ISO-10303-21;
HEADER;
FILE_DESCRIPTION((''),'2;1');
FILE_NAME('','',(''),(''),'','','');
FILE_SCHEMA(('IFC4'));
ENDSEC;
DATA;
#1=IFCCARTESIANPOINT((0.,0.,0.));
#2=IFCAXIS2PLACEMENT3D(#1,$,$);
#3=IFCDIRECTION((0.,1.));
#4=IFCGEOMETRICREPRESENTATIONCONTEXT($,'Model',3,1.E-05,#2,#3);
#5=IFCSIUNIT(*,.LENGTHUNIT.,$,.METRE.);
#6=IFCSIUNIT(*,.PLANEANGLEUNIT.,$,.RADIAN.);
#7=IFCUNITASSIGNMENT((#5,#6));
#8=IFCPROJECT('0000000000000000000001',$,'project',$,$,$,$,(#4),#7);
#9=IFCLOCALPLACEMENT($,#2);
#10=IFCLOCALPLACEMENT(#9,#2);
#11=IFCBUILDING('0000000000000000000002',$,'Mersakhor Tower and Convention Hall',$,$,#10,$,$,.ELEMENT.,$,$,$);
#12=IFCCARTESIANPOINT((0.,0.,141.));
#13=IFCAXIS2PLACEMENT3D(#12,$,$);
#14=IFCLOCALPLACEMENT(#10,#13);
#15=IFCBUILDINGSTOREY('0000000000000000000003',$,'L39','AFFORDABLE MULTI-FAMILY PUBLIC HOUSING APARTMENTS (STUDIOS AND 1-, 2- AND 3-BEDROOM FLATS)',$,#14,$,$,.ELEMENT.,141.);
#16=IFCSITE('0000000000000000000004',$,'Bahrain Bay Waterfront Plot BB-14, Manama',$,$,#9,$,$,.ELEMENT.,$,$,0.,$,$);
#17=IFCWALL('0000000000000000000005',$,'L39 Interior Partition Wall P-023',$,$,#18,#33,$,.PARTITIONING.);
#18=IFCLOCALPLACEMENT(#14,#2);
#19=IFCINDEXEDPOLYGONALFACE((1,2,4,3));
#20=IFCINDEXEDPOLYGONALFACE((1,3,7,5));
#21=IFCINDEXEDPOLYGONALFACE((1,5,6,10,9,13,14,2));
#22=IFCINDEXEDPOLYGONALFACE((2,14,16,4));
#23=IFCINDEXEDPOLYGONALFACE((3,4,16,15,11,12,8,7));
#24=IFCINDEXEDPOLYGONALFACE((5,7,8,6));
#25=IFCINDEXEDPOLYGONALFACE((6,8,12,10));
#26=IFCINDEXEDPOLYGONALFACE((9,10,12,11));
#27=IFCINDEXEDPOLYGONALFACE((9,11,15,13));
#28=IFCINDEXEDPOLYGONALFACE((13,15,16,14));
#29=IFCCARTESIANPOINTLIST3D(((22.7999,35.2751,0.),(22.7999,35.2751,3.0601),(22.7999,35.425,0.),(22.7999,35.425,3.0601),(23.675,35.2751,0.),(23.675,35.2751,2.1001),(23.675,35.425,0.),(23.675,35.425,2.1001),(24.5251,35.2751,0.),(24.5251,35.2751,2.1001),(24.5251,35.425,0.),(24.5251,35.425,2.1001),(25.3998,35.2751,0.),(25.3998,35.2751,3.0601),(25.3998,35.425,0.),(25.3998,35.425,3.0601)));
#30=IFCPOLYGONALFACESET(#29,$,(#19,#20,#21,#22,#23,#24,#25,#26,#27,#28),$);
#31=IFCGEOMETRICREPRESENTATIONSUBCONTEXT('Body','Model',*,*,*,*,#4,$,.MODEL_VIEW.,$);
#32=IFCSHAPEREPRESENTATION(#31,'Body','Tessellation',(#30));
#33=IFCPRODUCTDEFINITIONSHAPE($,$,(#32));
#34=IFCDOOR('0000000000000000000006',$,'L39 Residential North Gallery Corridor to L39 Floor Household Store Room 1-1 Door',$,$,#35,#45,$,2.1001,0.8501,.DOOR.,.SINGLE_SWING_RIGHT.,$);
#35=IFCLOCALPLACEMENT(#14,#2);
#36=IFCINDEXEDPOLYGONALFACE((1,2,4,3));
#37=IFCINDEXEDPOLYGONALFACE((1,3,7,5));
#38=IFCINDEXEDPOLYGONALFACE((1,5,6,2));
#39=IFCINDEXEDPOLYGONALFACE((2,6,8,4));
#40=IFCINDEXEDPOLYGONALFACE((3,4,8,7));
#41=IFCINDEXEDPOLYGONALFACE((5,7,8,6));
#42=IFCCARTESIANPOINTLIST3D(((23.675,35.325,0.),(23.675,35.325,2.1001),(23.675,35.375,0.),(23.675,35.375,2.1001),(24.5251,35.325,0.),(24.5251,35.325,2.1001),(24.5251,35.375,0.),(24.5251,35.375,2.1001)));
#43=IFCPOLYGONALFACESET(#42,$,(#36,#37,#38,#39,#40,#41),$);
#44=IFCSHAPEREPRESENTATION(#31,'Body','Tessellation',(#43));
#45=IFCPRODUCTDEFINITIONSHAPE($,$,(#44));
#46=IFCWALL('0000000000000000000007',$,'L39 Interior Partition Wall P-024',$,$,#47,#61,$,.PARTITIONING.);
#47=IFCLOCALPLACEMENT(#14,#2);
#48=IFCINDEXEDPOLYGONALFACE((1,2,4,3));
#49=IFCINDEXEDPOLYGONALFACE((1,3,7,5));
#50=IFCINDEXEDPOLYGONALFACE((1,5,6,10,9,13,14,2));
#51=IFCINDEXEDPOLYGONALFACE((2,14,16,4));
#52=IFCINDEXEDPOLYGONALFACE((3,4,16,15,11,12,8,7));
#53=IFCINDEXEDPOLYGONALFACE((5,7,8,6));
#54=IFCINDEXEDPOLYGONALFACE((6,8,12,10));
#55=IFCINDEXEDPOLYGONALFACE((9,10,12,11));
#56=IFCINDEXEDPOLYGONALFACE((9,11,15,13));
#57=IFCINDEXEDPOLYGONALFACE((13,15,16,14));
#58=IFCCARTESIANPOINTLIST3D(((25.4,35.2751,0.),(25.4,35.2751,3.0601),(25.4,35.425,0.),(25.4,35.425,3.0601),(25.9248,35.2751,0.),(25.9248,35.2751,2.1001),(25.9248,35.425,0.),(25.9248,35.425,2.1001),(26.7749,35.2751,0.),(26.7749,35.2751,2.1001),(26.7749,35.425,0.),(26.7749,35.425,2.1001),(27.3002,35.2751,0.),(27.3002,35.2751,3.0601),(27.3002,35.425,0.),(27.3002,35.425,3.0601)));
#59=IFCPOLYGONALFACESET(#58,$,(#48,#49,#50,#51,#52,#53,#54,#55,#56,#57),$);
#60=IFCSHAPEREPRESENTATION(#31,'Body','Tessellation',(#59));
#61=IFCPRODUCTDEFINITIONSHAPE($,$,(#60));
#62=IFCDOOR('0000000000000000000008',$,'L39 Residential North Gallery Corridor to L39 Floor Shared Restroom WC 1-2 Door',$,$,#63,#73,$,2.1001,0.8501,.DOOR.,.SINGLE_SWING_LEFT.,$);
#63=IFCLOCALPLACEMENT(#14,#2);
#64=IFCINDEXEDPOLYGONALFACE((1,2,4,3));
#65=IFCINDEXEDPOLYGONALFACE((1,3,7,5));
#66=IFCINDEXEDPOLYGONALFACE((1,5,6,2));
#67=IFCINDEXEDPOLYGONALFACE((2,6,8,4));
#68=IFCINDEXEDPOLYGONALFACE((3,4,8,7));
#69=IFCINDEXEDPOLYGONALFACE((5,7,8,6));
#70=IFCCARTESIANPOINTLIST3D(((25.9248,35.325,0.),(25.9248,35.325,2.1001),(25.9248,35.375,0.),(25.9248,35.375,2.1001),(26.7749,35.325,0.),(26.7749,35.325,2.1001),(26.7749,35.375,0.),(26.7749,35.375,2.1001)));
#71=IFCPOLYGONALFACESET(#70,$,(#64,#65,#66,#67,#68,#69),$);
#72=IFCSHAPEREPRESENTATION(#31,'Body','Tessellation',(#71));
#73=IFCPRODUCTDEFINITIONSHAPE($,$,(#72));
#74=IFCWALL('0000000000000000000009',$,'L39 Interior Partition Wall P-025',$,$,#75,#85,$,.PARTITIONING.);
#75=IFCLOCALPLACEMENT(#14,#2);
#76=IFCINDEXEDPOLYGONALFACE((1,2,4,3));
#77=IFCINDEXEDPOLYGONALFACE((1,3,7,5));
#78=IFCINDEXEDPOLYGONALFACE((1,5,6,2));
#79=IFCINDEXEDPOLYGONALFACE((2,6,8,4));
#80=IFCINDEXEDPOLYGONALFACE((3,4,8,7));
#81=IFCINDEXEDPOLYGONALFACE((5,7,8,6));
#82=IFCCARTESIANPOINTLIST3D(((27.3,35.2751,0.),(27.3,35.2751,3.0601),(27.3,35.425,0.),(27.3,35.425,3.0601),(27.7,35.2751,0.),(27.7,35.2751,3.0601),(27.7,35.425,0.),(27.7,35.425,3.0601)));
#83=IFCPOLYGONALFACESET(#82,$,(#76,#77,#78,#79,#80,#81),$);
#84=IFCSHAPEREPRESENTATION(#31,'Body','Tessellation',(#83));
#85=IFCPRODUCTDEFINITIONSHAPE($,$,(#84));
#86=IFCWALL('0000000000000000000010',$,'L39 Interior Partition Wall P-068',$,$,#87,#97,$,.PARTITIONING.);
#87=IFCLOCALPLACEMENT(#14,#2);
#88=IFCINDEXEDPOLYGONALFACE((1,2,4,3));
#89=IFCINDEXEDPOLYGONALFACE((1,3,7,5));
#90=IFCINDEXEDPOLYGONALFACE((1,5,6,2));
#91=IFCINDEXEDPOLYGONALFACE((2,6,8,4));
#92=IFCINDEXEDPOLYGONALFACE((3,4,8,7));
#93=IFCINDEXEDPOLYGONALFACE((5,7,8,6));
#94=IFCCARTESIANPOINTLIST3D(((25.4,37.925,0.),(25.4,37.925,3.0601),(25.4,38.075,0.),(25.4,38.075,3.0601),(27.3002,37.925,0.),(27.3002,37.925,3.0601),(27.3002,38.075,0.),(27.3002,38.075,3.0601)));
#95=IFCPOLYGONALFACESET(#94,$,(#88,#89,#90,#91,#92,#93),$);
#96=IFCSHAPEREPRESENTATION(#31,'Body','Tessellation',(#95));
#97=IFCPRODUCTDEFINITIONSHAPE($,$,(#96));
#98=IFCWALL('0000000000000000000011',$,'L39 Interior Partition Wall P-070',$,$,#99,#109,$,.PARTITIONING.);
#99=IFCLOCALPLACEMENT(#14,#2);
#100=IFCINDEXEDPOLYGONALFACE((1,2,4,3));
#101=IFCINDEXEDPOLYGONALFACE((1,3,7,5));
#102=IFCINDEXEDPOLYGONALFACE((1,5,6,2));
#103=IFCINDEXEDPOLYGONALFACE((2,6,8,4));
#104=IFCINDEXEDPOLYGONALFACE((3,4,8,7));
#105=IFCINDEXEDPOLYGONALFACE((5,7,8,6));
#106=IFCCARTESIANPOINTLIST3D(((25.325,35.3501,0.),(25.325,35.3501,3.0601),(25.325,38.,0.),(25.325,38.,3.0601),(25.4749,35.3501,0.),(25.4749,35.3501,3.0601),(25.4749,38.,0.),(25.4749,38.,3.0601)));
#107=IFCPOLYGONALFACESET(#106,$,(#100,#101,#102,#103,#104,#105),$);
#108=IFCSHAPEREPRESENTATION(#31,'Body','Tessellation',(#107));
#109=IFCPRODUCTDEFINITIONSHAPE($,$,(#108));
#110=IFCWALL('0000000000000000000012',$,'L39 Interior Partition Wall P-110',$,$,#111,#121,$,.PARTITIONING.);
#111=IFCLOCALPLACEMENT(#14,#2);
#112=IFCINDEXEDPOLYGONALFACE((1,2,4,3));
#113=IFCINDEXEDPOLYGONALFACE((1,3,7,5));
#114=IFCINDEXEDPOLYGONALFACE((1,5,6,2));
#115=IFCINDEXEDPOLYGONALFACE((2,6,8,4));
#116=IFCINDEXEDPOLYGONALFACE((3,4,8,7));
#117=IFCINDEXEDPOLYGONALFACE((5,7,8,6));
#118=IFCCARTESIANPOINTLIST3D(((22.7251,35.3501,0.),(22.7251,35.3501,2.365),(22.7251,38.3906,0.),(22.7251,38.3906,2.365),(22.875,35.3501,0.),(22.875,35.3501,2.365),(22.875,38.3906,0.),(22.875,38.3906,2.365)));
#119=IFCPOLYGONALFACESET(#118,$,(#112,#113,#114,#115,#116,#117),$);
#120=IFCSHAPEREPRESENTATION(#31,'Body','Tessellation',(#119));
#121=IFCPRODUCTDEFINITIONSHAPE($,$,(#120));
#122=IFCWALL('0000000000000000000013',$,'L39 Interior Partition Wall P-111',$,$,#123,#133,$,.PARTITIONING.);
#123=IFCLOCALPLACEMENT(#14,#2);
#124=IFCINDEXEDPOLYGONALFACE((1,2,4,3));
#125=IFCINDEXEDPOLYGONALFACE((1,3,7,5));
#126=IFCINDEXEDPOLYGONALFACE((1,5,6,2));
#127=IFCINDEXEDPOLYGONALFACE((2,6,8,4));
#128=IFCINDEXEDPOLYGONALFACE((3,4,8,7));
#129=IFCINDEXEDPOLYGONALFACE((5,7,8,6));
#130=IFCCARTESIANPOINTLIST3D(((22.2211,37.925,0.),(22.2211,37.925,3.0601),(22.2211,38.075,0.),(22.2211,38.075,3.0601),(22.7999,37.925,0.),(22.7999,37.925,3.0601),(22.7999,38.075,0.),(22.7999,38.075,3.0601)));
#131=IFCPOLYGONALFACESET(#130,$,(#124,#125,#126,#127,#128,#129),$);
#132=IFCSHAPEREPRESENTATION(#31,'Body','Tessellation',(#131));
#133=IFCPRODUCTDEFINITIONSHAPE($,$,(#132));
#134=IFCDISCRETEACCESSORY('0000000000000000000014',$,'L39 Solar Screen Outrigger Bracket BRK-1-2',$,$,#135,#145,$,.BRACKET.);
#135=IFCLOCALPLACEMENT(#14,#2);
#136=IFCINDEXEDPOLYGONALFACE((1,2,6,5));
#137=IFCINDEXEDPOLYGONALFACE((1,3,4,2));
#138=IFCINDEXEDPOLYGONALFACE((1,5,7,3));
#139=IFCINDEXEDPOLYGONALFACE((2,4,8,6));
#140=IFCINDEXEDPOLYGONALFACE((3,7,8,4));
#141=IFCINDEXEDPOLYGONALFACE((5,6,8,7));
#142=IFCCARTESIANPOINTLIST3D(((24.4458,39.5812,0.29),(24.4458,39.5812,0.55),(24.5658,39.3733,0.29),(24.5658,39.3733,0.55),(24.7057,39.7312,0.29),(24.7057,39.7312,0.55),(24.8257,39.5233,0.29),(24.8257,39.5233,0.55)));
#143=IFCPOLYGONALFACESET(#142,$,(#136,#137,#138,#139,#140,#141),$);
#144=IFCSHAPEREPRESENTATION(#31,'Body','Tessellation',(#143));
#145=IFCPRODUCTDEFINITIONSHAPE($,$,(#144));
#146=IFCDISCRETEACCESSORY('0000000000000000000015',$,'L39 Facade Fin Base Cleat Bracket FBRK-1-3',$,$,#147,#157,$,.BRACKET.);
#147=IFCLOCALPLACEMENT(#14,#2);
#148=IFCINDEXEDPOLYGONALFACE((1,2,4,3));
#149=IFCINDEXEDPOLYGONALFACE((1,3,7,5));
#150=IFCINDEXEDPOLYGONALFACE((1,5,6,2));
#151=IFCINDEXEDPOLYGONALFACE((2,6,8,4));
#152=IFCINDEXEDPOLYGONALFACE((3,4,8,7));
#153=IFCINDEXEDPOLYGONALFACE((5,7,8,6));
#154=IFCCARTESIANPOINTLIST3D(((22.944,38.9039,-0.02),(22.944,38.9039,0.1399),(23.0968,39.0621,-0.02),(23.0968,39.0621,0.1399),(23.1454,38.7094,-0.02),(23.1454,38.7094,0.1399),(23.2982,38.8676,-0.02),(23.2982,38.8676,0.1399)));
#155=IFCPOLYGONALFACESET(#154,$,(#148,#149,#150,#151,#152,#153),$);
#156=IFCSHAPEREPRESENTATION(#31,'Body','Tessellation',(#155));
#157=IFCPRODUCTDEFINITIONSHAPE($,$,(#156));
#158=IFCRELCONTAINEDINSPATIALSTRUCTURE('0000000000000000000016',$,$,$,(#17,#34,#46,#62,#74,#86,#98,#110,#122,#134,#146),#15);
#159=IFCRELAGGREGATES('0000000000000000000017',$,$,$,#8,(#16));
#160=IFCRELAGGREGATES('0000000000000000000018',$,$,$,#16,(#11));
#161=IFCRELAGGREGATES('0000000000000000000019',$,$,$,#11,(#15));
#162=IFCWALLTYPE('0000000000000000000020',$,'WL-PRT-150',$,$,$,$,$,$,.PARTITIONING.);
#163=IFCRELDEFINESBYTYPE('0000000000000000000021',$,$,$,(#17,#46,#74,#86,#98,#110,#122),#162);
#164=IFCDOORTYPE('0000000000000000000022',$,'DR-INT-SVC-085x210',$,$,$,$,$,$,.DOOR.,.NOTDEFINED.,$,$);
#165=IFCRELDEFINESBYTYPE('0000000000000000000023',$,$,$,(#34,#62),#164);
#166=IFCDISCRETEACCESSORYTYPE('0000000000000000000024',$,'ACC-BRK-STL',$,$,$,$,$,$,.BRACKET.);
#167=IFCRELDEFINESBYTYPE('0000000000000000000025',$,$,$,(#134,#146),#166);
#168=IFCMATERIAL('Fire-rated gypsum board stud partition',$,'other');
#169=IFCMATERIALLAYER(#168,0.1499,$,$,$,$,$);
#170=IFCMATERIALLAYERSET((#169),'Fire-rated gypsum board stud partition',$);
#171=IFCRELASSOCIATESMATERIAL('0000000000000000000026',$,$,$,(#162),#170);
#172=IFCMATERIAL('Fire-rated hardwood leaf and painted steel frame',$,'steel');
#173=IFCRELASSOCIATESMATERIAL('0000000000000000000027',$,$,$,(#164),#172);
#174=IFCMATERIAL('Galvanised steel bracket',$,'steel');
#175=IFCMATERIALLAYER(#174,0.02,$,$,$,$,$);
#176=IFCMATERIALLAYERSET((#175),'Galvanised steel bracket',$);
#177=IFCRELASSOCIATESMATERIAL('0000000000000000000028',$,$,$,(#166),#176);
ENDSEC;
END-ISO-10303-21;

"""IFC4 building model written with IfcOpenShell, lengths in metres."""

from ifc_helpers import new_model, si_unit, direction, frame, frame_2d, origin, origin_2d, place, context, subcontext, project, spatial, rectangle, extrude, material, layer, layer_set, type_object, element, fill, save


model = new_model("IFC4")

# Units and contexts
model_context = context("Model", 3, precision=1e-05, world=origin(), true_north=direction((0.0, 1.0)))
body_context = subcontext(model_context, "Body", "Model", "MODEL_VIEW")
ifc_project = project(units=[si_unit("LENGTHUNIT", "METRE"), si_unit("PLANEANGLEUNIT", "RADIAN")], contexts=[model_context])

# Site, building, storey
site_placement = place(None, origin())
site = spatial("IfcSite", under=ifc_project, at=site_placement, Name="Bahrain Bay Waterfront Plot BB-14, Manama", CompositionType="ELEMENT", RefElevation=0.0)
building_placement = place(site_placement, origin())
building = spatial("IfcBuilding", under=site, at=building_placement, Name="Mersakhor Tower and Convention Hall", CompositionType="ELEMENT")
storey_placement = place(building_placement, frame((0.0, 0.0, 141.0)))
storey = spatial("IfcBuildingStorey", under=building, at=storey_placement, Name="L39", Description="AFFORDABLE MULTI-FAMILY PUBLIC HOUSING APARTMENTS (STUDIOS AND 1-, 2- AND 3-BEDROOM FLATS)", CompositionType="ELEMENT", Elevation=141.0)

# Shared definitions
ifc_material_1 = material(Name="Fire-rated gypsum board stud partition", Category="other")
ifc_layer_1 = layer(ifc_material_1, 0.1499)
ifc_layer_set_1 = layer_set([ifc_layer_1], Name="Fire-rated gypsum board stud partition")
wall_type_1 = type_object("IfcWallType", Name="WL-PRT-150", PredefinedType="PARTITIONING", material=ifc_layer_set_1)

# Walls, openings, doors
wall_1_placement = place(storey_placement, frame((22.8, 35.3501, 0.0), z_axis=(0.0, 0.0, 1.0), x_axis=(1.0, 0.0, 0.0)))
wall_1 = element("IfcWall", 1, at=wall_1_placement, inside=storey, type_object=wall_type_1, Name="L39 Interior Partition Wall P-023", PredefinedType="PARTITIONING", context=body_context, shape_type="SweptSolid", body=[
    extrude(rectangle(XDim=2.5999, YDim=0.1499, at=frame_2d((1.2998, 0.0))), origin(), (0.0, 0.0, 1.0), 3.0601),
])
opening_1_placement = place(wall_1_placement, frame((0.875, 0.0, 0.0)))
opening_1 = element("IfcOpeningElement", 2, at=opening_1_placement, cuts=wall_1, PredefinedType="OPENING", context=body_context, shape_type="SweptSolid", body=[
    extrude(rectangle(XDim=0.8501, YDim=2.1001, at=frame_2d((0.425, 1.05))), frame((0.0, 0.085, 0.0), z_axis=(0.0, -1.0, 0.0), x_axis=(1.0, 0.0, 0.0)), (0.0, 0.0, 1.0), 0.1699),
])
ifc_material_2 = material(Name="Fire-rated hardwood leaf and painted steel frame", Category="steel")
door_type = type_object("IfcDoorType", Name="DR-INT-SVC-085x210", OperationType="NOTDEFINED", PredefinedType="DOOR", material=ifc_material_2)
door_1_placement = place(opening_1_placement, origin())
door_1 = element("IfcDoor", 3, at=door_1_placement, inside=storey, type_object=door_type, Name="L39 Residential North Gallery Corridor to L39 Floor Household Store Room 1-1 Door", OperationType="SINGLE_SWING_RIGHT", OverallHeight=2.1001, OverallWidth=0.8501, PredefinedType="DOOR", context=body_context, shape_type="SweptSolid", body=[
    extrude(rectangle(XDim=0.8501, YDim=2.1001, at=frame_2d((0.425, 1.05))), frame((0.0, 0.0249, 0.0), z_axis=(0.0, -1.0, 0.0), x_axis=(1.0, 0.0, 0.0)), (0.0, 0.0, 1.0), 0.05),
])
fill(opening_1, door_1)
wall_2_placement = place(storey_placement, frame((25.3999, 35.3501, 0.0), z_axis=(0.0, 0.0, 1.0), x_axis=(1.0, 0.0, 0.0)))
wall_2 = element("IfcWall", 4, at=wall_2_placement, inside=storey, type_object=wall_type_1, Name="L39 Interior Partition Wall P-024", PredefinedType="PARTITIONING", context=body_context, shape_type="SweptSolid", body=[
    extrude(rectangle(XDim=1.9001, YDim=0.1499, at=frame_2d((0.9502, 0.0))), origin(), (0.0, 0.0, 1.0), 3.0601),
])
opening_2_placement = place(wall_2_placement, frame((0.5249, 0.0, 0.0)))
opening_2 = element("IfcOpeningElement", 5, at=opening_2_placement, cuts=wall_2, PredefinedType="OPENING", context=body_context, shape_type="SweptSolid", body=[
    extrude(rectangle(XDim=0.8501, YDim=2.1001, at=frame_2d((0.425, 1.05))), frame((0.0, 0.085, 0.0), z_axis=(0.0, -1.0, 0.0), x_axis=(1.0, 0.0, 0.0)), (0.0, 0.0, 1.0), 0.1699),
])
door_2_placement = place(opening_2_placement, origin())
door_2 = element("IfcDoor", 6, at=door_2_placement, inside=storey, type_object=door_type, Name="L39 Residential North Gallery Corridor to L39 Floor Shared Restroom WC 1-2 Door", OperationType="SINGLE_SWING_LEFT", OverallHeight=2.1001, OverallWidth=0.8501, PredefinedType="DOOR", context=body_context, shape_type="SweptSolid", body=[
    extrude(rectangle(XDim=0.8501, YDim=2.1001, at=frame_2d((0.425, 1.05))), frame((0.0, 0.0249, 0.0), z_axis=(0.0, -1.0, 0.0), x_axis=(1.0, 0.0, 0.0)), (0.0, 0.0, 1.0), 0.05),
])
fill(opening_2, door_2)

# Walls
wall_3_placement = place(storey_placement, frame((27.3, 35.3501, 0.0), z_axis=(0.0, 0.0, 1.0), x_axis=(1.0, 0.0, 0.0)))
element("IfcWall", 7, at=wall_3_placement, inside=storey, type_object=wall_type_1, Name="L39 Interior Partition Wall P-025", PredefinedType="PARTITIONING", context=body_context, shape_type="SweptSolid", body=[
    extrude(rectangle(XDim=0.3999, YDim=0.1499, at=frame_2d((0.2, 0.0))), origin(), (0.0, 0.0, 1.0), 3.0601),
])
wall_4_placement = place(storey_placement, frame((25.3999, 38.0, 0.0), z_axis=(0.0, 0.0, 1.0), x_axis=(1.0, 0.0, 0.0)))
element("IfcWall", 8, at=wall_4_placement, inside=storey, type_object=wall_type_1, Name="L39 Interior Partition Wall P-068", PredefinedType="PARTITIONING", context=body_context, shape_type="SweptSolid", body=[
    extrude(rectangle(XDim=1.9001, YDim=0.1499, at=frame_2d((0.9502, 0.0))), origin(), (0.0, 0.0, 1.0), 3.0601),
])
wall_5_placement = place(storey_placement, frame((25.3999, 35.3501, 0.0), z_axis=(0.0, 0.0, 1.0), x_axis=(0.0, 1.0, 0.0)))
element("IfcWall", 9, at=wall_5_placement, inside=storey, type_object=wall_type_1, Name="L39 Interior Partition Wall P-070", PredefinedType="PARTITIONING", context=body_context, shape_type="SweptSolid", body=[
    extrude(rectangle(XDim=2.6499, YDim=0.1499, at=frame_2d((1.325, 0.0))), origin(), (0.0, 0.0, 1.0), 3.0601),
])
wall_6_placement = place(storey_placement, frame((22.8, 35.3501, 0.0), z_axis=(0.0, 0.0, 1.0), x_axis=(0.0, 1.0, 0.0)))
element("IfcWall", 10, at=wall_6_placement, inside=storey, type_object=wall_type_1, Name="L39 Interior Partition Wall P-110", PredefinedType="PARTITIONING", context=body_context, shape_type="SweptSolid", body=[
    extrude(rectangle(XDim=3.0405, YDim=0.1499, at=frame_2d((1.5203, 0.0))), origin(), (0.0, 0.0, 1.0), 2.365),
])
wall_7_placement = place(storey_placement, frame((22.8, 38.0, 0.0), z_axis=(0.0, 0.0, 1.0), x_axis=(-1.0, 0.0, 0.0)))
element("IfcWall", 11, at=wall_7_placement, inside=storey, type_object=wall_type_1, Name="L39 Interior Partition Wall P-111", PredefinedType="PARTITIONING", context=body_context, shape_type="SweptSolid", body=[
    extrude(rectangle(XDim=0.5789, YDim=0.1499, at=frame_2d((0.2896, 0.0))), origin(), (0.0, 0.0, 1.0), 3.0601),
])

# Discrete accessories
ifc_material_3 = material(Name="Galvanised steel bracket", Category="steel")
ifc_layer_2 = layer(ifc_material_3, 0.02)
ifc_layer_set_2 = layer_set([ifc_layer_2], Name="Galvanised steel bracket")
discrete_accessory_type = type_object("IfcDiscreteAccessoryType", Name="ACC-BRK-STL", PredefinedType="BRACKET", material=ifc_layer_set_2)
discrete_accessory_1_placement = place(storey_placement, frame((24.6357, 39.5522, 0.29), z_axis=(0.0, 0.0, 1.0), x_axis=(0.866025, 0.5, 0.0)))
element("IfcDiscreteAccessory", 12, at=discrete_accessory_1_placement, inside=storey, type_object=discrete_accessory_type, Name="L39 Solar Screen Outrigger Bracket BRK-1-2", PredefinedType="BRACKET", context=body_context, shape_type="SweptSolid", body=[
    extrude(rectangle(XDim=0.3, YDim=0.24, at=origin_2d()), origin(), (0.0, 0.0, 1.0), 0.26),
])
discrete_accessory_2_placement = place(storey_placement, frame((23.1211, 38.8857, -0.02), z_axis=(0.0, 0.0, 1.0), x_axis=(-0.71934, 0.694658, 0.0)))
element("IfcDiscreteAccessory", 13, at=discrete_accessory_2_placement, inside=storey, type_object=discrete_accessory_type, Name="L39 Facade Fin Base Cleat Bracket FBRK-1-3", PredefinedType="BRACKET", context=body_context, shape_type="SweptSolid", body=[
    extrude(rectangle(XDim=0.28, YDim=0.22, at=origin_2d()), origin(), (0.0, 0.0, 1.0), 0.1599),
])

save(model, "model.ifc")
